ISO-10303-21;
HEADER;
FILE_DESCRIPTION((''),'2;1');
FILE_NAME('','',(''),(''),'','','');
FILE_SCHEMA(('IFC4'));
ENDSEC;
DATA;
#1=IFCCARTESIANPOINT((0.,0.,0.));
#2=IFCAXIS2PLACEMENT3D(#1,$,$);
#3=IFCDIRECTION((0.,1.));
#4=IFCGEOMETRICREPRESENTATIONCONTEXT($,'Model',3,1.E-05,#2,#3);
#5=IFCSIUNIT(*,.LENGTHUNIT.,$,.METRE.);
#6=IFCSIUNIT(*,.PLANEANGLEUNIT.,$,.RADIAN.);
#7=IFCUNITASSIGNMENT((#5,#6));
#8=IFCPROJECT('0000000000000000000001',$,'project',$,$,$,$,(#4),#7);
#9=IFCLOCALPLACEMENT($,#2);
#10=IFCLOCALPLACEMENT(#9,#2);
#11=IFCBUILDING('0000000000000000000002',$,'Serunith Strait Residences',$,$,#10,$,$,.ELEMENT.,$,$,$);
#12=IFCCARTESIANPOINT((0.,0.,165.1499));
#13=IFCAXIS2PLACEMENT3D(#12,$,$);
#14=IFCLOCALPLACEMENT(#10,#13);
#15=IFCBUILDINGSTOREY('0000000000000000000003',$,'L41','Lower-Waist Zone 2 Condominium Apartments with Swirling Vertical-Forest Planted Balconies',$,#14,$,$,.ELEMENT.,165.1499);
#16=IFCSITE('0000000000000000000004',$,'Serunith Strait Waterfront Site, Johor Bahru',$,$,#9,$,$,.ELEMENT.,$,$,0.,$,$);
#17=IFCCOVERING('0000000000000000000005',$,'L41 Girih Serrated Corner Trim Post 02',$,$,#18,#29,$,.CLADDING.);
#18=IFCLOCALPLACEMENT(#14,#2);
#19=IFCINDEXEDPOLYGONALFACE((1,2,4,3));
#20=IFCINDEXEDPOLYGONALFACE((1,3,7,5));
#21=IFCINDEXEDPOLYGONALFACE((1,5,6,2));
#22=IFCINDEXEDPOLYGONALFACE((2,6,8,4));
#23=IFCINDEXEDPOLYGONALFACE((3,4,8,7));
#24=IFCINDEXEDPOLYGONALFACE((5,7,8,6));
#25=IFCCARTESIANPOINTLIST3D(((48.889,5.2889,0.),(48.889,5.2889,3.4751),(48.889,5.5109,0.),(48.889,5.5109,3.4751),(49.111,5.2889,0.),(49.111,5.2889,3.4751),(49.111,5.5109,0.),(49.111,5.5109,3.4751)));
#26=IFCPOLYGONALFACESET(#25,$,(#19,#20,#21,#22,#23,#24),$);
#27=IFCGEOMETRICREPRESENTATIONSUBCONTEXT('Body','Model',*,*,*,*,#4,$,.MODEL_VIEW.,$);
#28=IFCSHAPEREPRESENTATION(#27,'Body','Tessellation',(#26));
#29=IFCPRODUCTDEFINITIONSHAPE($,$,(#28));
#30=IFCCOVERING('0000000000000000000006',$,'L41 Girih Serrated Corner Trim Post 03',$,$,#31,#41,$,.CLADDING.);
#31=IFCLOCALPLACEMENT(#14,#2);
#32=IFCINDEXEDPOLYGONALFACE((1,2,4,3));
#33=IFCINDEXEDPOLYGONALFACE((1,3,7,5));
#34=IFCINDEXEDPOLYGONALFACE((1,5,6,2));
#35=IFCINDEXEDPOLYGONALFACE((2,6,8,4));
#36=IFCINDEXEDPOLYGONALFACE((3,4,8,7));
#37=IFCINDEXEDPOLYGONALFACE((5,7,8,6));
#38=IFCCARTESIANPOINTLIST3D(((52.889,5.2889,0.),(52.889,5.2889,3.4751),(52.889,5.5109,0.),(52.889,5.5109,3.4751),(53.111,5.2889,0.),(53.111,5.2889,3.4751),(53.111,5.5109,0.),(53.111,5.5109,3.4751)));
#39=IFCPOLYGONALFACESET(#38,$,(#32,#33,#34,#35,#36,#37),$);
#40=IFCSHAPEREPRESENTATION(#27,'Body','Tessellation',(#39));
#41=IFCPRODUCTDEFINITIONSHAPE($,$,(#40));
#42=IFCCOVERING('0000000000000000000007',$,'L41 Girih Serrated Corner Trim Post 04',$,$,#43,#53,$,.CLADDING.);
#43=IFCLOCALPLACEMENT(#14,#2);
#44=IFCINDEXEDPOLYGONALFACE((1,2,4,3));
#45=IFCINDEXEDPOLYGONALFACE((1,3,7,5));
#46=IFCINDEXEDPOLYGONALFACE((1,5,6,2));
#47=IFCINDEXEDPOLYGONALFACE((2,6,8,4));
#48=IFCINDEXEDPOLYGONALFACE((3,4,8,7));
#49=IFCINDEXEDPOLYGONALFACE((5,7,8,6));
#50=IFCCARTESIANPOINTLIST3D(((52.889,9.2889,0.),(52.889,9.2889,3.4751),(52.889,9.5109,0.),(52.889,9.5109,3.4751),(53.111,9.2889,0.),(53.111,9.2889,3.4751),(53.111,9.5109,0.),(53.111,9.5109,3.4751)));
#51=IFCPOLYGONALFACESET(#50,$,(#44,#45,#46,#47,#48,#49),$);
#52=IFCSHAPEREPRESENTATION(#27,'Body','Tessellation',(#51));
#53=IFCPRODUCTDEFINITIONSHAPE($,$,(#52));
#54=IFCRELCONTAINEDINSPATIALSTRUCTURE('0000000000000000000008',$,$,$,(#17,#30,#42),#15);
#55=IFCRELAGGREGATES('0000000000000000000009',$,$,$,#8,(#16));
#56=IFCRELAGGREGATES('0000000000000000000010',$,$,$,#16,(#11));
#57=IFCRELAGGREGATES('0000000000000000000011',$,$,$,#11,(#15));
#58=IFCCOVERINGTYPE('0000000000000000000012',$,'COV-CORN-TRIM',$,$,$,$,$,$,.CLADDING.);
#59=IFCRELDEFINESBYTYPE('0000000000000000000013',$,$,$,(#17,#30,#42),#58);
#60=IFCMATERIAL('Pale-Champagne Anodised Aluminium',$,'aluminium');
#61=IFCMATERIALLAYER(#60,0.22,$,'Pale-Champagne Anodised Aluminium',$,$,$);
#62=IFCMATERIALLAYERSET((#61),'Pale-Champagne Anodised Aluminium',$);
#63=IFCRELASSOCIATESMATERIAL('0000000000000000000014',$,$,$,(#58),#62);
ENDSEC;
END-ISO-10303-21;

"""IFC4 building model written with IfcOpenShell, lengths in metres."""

from ifc_helpers import new_model, si_unit, direction, frame, origin, origin_2d, place, context, subcontext, project, spatial, rectangle, extrude, source, transform, mapped, material, layer, layer_set, type_object, element, save


model = new_model("IFC4")

# Units and contexts
model_context = context("Model", 3, precision=1e-05, world=origin(), true_north=direction((0.0, 1.0)))
body_context = subcontext(model_context, "Body", "Model", "MODEL_VIEW")
ifc_project = project(units=[si_unit("LENGTHUNIT", "METRE"), si_unit("PLANEANGLEUNIT", "RADIAN")], contexts=[model_context])

# Site, building, storey
site_placement = place(None, origin())
site = spatial("IfcSite", under=ifc_project, at=site_placement, Name="Serunith Strait Waterfront Site, Johor Bahru", CompositionType="ELEMENT", RefElevation=0.0)
building_placement = place(site_placement, origin())
building = spatial("IfcBuilding", under=site, at=building_placement, Name="Serunith Strait Residences", CompositionType="ELEMENT")
storey_placement = place(building_placement, frame((0.0, 0.0, 165.1499)))
storey = spatial("IfcBuildingStorey", under=building, at=storey_placement, Name="L41", Description="Lower-Waist Zone 2 Condominium Apartments with Swirling Vertical-Forest Planted Balconies", CompositionType="ELEMENT", Elevation=165.1499)

# Shared definitions
ifc_material_1 = material(Name="Pale-Champagne Anodised Aluminium", Category="aluminium")

# Coverings
ifc_layer_1 = layer(ifc_material_1, 0.22, Name="Pale-Champagne Anodised Aluminium")
ifc_layer_set_1 = layer_set([ifc_layer_1], Name="Pale-Champagne Anodised Aluminium")
covering_type = type_object("IfcCoveringType", Name="COV-CORN-TRIM", PredefinedType="CLADDING", material=ifc_layer_set_1)
shared_shape_1 = source(origin(), body_context, "Body", "SweptSolid", [
    extrude(rectangle(XDim=0.2219, YDim=0.2219, at=origin_2d()), origin(), (0.0, 0.0, 1.0), 3.4751),
])
for number, where, z_axis, x_axis, name in (
    (1, (49.0, 5.3999, 0.0), (0.0, 0.0, 1.0), (1.0, 0.0, 0.0), "L41 Girih Serrated Corner Trim Post 02"),
    (2, (53.0, 5.3999, 0.0), (0.0, 0.0, 1.0), (1.0, 0.0, 0.0), "L41 Girih Serrated Corner Trim Post 03"),
    (3, (53.0, 9.3999, 0.0), (0.0, 0.0, 1.0), (1.0, 0.0, 0.0), "L41 Girih Serrated Corner Trim Post 04"),
):
    element("IfcCovering", number, at=place(storey_placement, frame(where, z_axis=z_axis, x_axis=x_axis)), inside=storey, type_object=covering_type, Name=name, PredefinedType="CLADDING", context=body_context, shape_type="MappedRepresentation", body=[
        mapped(shared_shape_1, transform((0.0, 0.0, 0.0), scale=1.0)),
    ])

save(model, "model.ifc")
